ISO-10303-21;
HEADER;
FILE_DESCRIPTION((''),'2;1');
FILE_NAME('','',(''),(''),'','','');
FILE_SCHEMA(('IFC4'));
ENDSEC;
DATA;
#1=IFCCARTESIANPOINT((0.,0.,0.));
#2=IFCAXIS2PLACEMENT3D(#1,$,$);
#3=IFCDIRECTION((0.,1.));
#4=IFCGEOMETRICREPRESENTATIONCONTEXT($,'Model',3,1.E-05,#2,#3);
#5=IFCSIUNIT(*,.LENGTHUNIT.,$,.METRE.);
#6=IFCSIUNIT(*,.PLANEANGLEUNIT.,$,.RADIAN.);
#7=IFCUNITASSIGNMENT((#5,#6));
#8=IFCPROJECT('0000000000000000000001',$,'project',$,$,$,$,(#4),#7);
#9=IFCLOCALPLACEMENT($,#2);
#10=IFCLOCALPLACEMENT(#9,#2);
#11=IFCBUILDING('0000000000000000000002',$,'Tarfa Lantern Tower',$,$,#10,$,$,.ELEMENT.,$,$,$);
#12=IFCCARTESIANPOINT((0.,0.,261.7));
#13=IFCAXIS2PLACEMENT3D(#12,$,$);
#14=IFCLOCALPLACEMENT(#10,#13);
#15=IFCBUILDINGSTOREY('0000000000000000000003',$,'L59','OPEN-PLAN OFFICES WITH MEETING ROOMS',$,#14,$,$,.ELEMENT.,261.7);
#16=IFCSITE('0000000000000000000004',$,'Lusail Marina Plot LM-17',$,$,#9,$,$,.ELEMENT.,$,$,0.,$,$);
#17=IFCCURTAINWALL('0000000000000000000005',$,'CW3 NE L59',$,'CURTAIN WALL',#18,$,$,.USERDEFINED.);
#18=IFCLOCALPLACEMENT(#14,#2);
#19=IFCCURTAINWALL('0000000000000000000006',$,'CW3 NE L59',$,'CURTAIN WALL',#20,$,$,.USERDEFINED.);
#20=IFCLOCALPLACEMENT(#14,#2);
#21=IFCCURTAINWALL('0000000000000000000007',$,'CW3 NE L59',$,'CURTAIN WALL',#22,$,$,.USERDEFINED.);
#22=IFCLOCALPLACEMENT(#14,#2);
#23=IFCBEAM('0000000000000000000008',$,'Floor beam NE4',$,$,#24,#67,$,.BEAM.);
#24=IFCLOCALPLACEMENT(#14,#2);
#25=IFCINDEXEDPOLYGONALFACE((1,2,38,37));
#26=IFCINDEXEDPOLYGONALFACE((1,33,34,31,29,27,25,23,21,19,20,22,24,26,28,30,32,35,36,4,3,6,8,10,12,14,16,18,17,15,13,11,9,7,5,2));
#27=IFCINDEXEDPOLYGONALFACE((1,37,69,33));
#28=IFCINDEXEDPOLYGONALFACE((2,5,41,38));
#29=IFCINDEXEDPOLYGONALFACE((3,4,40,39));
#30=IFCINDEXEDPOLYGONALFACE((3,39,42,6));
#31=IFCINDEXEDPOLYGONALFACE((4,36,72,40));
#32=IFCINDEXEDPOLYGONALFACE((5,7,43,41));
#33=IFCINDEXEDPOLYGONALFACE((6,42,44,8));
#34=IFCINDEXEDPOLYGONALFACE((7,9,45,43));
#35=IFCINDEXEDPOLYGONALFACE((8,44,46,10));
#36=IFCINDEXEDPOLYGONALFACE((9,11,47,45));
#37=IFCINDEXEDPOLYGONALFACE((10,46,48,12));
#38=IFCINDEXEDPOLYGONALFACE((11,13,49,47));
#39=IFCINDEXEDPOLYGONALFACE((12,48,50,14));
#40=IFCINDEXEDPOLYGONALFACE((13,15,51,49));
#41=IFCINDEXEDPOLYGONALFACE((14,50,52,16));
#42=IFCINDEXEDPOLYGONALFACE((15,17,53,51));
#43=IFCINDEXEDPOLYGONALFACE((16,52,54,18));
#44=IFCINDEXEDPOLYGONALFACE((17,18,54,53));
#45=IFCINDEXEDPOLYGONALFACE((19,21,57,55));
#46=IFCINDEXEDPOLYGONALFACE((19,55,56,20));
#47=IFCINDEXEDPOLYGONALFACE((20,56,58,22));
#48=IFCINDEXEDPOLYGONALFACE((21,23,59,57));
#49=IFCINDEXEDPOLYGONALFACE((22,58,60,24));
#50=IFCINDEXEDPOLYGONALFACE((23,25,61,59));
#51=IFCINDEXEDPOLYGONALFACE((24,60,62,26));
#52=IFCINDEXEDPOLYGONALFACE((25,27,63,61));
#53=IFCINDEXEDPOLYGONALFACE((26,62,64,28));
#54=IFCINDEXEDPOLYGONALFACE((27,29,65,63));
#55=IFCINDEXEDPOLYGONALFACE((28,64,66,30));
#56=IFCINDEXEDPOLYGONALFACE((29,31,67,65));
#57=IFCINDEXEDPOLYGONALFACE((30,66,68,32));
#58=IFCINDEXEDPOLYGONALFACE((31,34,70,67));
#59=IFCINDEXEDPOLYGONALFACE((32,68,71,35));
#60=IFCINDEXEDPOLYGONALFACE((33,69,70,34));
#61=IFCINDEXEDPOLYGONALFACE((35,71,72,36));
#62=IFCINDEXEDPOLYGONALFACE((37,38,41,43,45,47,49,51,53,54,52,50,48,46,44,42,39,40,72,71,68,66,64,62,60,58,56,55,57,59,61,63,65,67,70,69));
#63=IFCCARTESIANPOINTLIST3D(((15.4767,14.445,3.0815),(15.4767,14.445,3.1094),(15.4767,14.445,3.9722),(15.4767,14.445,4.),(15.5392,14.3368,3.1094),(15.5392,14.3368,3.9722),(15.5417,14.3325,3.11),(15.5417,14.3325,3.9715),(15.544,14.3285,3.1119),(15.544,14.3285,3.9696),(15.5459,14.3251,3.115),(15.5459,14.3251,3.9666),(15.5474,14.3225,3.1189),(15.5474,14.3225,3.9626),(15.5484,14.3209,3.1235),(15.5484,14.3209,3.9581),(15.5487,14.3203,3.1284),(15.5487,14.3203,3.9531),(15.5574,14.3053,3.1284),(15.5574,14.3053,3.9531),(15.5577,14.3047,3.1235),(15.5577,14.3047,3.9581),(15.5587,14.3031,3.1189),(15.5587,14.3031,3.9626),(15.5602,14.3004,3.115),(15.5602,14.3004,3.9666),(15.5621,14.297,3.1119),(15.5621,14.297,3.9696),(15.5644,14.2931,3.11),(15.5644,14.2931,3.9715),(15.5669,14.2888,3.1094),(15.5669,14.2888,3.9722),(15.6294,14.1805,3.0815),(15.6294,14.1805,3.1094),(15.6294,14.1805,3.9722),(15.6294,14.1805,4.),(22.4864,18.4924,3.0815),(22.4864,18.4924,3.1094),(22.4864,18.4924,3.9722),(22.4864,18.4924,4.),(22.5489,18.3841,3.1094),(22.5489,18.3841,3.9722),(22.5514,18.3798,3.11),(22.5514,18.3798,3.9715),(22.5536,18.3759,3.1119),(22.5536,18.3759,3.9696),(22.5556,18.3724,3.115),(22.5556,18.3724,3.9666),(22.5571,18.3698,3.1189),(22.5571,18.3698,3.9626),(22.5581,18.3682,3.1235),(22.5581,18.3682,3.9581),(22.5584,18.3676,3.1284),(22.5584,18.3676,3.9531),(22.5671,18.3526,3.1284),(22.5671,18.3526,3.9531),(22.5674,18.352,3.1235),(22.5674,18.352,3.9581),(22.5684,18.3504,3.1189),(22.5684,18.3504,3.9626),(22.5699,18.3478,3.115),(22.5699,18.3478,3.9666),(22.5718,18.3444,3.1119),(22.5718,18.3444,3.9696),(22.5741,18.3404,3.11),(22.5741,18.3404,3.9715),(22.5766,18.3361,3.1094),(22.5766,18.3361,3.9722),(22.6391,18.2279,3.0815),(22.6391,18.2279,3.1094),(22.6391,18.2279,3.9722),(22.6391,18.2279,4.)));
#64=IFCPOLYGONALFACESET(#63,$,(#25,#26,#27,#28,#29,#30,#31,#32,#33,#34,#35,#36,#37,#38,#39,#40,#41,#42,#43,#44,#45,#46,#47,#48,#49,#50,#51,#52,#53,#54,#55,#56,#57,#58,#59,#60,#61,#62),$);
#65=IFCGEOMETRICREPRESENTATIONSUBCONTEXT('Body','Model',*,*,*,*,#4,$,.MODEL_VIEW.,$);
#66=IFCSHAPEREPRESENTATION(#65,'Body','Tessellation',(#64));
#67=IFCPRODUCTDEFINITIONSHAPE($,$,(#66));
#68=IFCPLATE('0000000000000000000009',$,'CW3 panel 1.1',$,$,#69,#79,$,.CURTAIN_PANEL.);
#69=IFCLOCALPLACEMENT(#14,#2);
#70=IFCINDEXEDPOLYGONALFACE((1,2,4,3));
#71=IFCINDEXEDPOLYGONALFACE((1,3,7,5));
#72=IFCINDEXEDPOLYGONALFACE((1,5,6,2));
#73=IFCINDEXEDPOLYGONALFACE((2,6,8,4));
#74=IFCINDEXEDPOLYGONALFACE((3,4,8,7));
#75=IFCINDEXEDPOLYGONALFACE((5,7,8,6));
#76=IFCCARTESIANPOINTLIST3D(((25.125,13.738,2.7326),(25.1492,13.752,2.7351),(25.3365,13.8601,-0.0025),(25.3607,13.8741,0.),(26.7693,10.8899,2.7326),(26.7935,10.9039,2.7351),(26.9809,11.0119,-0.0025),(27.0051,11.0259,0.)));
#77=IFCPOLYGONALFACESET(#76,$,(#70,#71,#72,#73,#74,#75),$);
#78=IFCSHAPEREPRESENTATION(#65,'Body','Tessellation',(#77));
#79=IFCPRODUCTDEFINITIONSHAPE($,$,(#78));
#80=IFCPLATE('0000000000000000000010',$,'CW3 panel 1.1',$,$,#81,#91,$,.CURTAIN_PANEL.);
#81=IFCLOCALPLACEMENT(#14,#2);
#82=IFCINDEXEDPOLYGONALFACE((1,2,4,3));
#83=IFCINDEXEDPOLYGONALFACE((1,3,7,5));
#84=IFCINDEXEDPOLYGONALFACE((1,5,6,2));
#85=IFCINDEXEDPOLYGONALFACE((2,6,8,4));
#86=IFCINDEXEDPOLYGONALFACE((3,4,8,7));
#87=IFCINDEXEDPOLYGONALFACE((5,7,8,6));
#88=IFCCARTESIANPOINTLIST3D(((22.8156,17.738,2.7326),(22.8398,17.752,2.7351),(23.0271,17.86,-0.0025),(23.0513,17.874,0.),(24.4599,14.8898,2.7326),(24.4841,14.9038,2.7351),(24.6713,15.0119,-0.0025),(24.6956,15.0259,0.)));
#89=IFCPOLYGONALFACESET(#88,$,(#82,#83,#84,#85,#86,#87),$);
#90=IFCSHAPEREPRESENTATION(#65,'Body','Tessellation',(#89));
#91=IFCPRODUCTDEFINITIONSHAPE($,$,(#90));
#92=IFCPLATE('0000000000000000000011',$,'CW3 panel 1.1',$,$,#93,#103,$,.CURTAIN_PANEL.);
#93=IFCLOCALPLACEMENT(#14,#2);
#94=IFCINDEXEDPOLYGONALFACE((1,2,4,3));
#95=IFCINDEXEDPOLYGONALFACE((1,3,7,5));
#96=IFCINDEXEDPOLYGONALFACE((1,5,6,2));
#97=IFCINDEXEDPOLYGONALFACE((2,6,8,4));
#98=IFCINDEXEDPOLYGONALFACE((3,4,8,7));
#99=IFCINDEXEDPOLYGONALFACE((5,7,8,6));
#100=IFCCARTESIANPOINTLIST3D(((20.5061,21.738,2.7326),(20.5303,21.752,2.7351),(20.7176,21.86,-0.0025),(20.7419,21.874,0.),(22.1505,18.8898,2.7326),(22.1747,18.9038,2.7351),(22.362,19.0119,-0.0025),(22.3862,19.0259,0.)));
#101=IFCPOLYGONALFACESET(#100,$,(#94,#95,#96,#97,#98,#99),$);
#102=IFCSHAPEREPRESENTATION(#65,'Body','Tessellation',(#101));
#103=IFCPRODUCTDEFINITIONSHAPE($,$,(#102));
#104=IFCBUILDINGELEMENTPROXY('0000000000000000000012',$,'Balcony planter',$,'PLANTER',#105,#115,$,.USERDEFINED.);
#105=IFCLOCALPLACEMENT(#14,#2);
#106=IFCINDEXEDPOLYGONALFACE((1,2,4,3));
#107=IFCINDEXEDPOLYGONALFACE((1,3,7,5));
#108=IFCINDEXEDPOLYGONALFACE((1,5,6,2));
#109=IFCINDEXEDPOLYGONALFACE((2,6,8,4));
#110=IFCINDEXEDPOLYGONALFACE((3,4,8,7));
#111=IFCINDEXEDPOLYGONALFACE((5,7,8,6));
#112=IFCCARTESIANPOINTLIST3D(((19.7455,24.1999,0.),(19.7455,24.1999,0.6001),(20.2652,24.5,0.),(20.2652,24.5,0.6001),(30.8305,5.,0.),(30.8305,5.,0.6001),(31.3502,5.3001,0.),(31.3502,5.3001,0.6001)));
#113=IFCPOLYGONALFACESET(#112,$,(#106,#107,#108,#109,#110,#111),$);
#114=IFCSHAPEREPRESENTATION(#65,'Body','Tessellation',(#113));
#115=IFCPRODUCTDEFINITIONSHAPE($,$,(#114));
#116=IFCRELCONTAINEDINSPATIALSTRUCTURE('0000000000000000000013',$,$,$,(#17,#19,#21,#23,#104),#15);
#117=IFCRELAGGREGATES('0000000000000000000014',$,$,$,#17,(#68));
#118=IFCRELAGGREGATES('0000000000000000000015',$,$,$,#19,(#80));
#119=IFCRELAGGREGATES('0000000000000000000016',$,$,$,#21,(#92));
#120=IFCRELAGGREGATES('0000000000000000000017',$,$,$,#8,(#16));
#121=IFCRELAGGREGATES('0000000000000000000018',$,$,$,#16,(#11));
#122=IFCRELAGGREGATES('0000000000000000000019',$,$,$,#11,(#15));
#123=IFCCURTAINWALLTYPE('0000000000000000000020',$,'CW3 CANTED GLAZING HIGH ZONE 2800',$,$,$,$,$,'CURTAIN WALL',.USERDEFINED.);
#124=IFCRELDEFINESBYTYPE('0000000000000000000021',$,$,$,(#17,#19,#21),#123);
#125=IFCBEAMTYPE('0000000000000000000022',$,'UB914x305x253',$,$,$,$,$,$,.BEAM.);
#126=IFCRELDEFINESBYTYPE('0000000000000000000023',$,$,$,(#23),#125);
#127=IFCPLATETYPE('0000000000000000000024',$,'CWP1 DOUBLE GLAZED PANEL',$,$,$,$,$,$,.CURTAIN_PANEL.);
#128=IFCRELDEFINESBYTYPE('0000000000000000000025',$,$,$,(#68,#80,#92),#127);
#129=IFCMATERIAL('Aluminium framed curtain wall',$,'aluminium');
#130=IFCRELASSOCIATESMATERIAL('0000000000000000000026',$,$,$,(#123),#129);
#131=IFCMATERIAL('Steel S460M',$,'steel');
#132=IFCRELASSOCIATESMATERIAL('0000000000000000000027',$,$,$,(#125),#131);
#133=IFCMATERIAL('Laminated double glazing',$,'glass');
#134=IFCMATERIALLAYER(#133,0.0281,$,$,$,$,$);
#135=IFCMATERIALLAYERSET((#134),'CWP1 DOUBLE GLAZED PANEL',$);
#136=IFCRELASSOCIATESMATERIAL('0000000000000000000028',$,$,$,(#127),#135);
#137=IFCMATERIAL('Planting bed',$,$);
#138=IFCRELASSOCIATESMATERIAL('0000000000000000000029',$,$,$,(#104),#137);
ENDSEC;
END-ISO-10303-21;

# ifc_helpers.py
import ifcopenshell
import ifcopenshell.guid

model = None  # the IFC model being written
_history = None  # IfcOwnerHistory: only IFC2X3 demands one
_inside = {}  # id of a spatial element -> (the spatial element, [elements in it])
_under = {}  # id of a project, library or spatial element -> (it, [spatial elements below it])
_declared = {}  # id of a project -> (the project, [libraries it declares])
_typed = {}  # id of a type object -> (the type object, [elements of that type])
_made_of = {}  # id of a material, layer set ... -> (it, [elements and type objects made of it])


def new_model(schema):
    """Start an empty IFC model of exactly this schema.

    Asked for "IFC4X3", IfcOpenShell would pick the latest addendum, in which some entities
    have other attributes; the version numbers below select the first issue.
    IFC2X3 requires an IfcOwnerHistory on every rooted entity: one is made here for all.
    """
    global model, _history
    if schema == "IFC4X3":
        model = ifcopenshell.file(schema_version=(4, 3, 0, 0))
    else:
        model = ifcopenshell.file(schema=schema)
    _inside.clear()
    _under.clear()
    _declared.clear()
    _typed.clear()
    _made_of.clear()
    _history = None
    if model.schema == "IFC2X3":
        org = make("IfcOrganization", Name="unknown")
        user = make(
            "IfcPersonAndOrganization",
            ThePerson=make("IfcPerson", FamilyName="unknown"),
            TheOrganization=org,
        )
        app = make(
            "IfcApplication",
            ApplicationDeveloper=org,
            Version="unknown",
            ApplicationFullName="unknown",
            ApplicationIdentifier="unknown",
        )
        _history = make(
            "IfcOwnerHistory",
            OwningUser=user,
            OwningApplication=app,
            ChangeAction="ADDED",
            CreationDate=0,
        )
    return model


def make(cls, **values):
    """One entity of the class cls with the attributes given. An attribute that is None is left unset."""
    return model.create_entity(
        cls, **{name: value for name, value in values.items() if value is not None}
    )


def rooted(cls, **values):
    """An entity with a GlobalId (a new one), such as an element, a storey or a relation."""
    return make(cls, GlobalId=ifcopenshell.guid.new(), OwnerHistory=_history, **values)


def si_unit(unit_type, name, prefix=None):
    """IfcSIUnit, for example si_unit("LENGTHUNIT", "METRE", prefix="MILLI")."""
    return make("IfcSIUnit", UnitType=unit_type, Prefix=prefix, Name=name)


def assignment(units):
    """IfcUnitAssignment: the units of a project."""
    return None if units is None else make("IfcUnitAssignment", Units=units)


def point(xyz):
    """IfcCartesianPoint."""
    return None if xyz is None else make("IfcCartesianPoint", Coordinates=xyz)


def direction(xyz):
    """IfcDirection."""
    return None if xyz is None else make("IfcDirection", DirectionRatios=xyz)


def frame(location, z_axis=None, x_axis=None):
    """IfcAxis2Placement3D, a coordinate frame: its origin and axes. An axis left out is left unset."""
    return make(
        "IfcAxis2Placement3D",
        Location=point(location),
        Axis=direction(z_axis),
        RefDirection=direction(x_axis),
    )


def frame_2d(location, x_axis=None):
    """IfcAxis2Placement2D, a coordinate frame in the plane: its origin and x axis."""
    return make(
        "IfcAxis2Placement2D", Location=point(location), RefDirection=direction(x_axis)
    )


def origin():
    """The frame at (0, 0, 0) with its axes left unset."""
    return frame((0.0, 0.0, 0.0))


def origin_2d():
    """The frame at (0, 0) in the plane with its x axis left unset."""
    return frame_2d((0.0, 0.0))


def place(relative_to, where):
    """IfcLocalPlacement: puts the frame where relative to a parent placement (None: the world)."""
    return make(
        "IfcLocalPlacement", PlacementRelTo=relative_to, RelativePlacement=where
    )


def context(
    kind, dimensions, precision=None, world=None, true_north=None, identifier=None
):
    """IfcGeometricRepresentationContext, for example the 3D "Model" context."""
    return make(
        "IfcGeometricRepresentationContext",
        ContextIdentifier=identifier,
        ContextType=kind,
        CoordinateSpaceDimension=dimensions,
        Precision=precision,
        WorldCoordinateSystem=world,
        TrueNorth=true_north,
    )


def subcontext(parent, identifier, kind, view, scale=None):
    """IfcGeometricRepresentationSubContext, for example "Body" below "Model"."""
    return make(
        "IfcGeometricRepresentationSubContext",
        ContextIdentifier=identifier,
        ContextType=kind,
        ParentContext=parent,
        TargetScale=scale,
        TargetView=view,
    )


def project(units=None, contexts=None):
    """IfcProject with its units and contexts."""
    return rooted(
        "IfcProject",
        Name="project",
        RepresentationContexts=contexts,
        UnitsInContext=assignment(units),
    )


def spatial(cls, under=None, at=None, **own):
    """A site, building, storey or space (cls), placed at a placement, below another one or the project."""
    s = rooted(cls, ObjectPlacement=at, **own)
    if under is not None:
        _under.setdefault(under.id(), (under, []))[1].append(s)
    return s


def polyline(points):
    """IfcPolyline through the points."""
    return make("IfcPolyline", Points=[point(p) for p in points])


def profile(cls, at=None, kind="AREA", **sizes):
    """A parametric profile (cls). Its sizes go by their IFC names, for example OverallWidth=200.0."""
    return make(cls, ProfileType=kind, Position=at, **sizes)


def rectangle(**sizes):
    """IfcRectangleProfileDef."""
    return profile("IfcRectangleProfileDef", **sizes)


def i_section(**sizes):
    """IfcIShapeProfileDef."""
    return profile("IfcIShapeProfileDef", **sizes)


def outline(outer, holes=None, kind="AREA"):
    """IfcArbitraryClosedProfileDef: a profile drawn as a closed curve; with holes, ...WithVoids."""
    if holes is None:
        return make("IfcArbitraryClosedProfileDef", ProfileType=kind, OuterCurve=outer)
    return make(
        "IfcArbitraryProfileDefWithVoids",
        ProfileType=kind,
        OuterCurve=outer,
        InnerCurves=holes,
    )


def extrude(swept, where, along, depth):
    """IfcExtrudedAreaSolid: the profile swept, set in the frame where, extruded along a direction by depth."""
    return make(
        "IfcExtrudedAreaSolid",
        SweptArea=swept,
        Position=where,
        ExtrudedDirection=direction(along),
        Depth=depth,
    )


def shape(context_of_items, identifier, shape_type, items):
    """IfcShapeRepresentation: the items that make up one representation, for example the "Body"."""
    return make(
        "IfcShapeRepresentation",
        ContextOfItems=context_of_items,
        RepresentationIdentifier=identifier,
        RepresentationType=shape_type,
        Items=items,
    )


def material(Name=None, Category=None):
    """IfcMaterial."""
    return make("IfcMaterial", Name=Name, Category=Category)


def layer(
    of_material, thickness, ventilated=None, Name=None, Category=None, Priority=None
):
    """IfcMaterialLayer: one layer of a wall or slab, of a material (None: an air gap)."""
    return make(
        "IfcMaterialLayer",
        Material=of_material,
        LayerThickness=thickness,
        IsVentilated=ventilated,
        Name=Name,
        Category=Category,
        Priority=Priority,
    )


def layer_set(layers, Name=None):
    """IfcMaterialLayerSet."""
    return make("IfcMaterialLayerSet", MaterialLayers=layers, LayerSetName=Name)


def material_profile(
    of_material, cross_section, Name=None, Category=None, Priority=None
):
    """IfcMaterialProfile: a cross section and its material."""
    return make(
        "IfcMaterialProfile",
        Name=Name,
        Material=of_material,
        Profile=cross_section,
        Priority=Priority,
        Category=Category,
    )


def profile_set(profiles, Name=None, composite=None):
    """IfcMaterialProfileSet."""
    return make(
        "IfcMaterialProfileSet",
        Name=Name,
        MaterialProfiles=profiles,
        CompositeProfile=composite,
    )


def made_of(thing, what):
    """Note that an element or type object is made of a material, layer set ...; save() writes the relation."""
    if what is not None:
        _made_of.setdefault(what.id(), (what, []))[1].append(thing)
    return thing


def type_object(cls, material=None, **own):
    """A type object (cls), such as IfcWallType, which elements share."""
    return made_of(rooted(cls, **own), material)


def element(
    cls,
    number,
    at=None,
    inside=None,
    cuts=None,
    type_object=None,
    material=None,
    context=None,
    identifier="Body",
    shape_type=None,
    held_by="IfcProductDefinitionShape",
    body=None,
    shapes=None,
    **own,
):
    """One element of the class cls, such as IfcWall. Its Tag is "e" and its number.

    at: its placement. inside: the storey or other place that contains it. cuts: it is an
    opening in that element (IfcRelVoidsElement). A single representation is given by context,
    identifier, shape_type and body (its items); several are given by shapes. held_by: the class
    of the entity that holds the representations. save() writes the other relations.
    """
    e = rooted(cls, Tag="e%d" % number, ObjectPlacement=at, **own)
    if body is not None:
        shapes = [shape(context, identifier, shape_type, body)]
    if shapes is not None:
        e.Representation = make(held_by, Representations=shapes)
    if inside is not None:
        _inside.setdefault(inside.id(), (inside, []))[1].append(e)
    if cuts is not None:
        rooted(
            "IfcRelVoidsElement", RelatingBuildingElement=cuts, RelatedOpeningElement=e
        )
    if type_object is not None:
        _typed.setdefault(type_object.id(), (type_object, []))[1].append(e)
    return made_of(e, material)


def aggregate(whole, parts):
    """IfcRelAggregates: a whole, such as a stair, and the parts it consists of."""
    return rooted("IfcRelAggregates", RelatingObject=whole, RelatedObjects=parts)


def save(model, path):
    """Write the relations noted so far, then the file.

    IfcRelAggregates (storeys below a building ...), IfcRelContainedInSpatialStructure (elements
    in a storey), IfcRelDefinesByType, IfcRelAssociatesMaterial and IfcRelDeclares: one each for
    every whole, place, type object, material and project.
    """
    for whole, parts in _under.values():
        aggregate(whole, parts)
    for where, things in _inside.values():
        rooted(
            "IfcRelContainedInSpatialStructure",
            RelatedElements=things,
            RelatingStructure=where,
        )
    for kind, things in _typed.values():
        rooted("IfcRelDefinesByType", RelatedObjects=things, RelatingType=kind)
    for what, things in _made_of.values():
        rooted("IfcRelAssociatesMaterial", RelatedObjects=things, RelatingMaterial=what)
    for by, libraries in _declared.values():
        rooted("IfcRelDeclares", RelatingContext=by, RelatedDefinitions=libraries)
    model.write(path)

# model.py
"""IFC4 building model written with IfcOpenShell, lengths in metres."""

from ifc_helpers import new_model, si_unit, direction, frame, origin, origin_2d, place, context, subcontext, project, spatial, polyline, rectangle, i_section, outline, extrude, material, layer, layer_set, material_profile, profile_set, type_object, element, aggregate, save


model = new_model("IFC4")

# Units and contexts
model_context = context("Model", 3, precision=1e-05, world=origin(), true_north=direction((0.0, 1.0)))
body_context = subcontext(model_context, "Body", "Model", "MODEL_VIEW")
ifc_project = project(units=[si_unit("LENGTHUNIT", "METRE"), si_unit("PLANEANGLEUNIT", "RADIAN")], contexts=[model_context])

# Site, building, storey
site_placement = place(None, origin())
site = spatial("IfcSite", under=ifc_project, at=site_placement, Name="Lusail Marina Plot LM-17", CompositionType="ELEMENT", RefElevation=0.0)
building_placement = place(site_placement, origin())
building = spatial("IfcBuilding", under=site, at=building_placement, Name="Tarfa Lantern Tower", CompositionType="ELEMENT")
storey_placement = place(building_placement, frame((0.0, 0.0, 261.7)))
storey = spatial("IfcBuildingStorey", under=building, at=storey_placement, Name="L59", Description="OPEN-PLAN OFFICES WITH MEETING ROOMS", CompositionType="ELEMENT", Elevation=261.7)

# Curtain walls
ifc_material_1 = material(Name="Aluminium framed curtain wall", Category="aluminium")
curtain_wall_type = type_object("IfcCurtainWallType", Name="CW3 CANTED GLAZING HIGH ZONE 2800", ElementType="CURTAIN WALL", PredefinedType="USERDEFINED", material=ifc_material_1)
curtain_wall_1_placement = place(storey_placement, origin())
curtain_wall_1 = element("IfcCurtainWall", 1, at=curtain_wall_1_placement, inside=storey, type_object=curtain_wall_type, Name="CW3 NE L59", ObjectType="CURTAIN WALL", PredefinedType="USERDEFINED")
curtain_wall_2_placement = place(storey_placement, origin())
curtain_wall_2 = element("IfcCurtainWall", 2, at=curtain_wall_2_placement, inside=storey, type_object=curtain_wall_type, Name="CW3 NE L59", ObjectType="CURTAIN WALL", PredefinedType="USERDEFINED")
curtain_wall_3_placement = place(storey_placement, origin())
curtain_wall_3 = element("IfcCurtainWall", 3, at=curtain_wall_3_placement, inside=storey, type_object=curtain_wall_type, Name="CW3 NE L59", ObjectType="CURTAIN WALL", PredefinedType="USERDEFINED")

# Beam
ifc_material_2 = material(Name="Steel S460M", Category="steel")
ifc_material_profile_1 = material_profile(ifc_material_2, i_section(OverallWidth=0.3054, OverallDepth=0.9185, WebThickness=0.0173, FlangeThickness=0.0278, FilletRadius=0.019, at=origin_2d()), Name="UB914x305x253")
ifc_profile_set_1 = profile_set([ifc_material_profile_1], Name="Steel S460M")
beam_type_1 = type_object("IfcBeamType", Name="UB914x305x253", PredefinedType="BEAM", material=ifc_profile_set_1)
beam_1_placement = place(storey_placement, frame((22.5627, 18.3601, 3.5408), z_axis=(-0.866011, -0.500025, 0.0), x_axis=(0.500025, -0.866011, 0.0)))
element("IfcBeam", 4, at=beam_1_placement, inside=storey, type_object=beam_type_1, Name="Floor beam NE4", PredefinedType="BEAM", context=body_context, shape_type="SweptSolid", body=[
    extrude(i_section(OverallWidth=0.3054, OverallDepth=0.9185, WebThickness=0.0173, FlangeThickness=0.0278, FilletRadius=0.019, at=origin_2d()), origin(), (0.0, 0.0, 1.0), 8.0942),
])

# Plates
ifc_material_3 = material(Name="Laminated double glazing", Category="glass")
ifc_layer = layer(ifc_material_3, 0.0281)
ifc_layer_set = layer_set([ifc_layer], Name="CWP1 DOUBLE GLAZED PANEL")
plate_type = type_object("IfcPlateType", Name="CWP1 DOUBLE GLAZED PANEL", PredefinedType="CURTAIN_PANEL", material=ifc_layer_set)
plate_1_placement = place(storey_placement, frame((27.0051, 11.0259, 0.0), z_axis=(0.862589, 0.498026, 0.088945), x_axis=(-0.500008, 0.866021, 0.000003)))
plate_1 = element("IfcPlate", 5, at=plate_1_placement, type_object=plate_type, Name="CW3 panel 1.1", PredefinedType="CURTAIN_PANEL", context=body_context, shape_type="SweptSolid", body=[
    extrude(outline(polyline([(0.0, 0.0), (3.2888, 0.0), (3.2888, 2.746), (0.0001, 2.746), (0.0, 0.0)])), origin(), (0.0, 0.0, -1.0), 0.0281),
])
aggregate(curtain_wall_1, [plate_1])
plate_2_placement = place(storey_placement, frame((24.6956, 15.0259, 0.0), z_axis=(0.862608, 0.498, 0.088906), x_axis=(-0.499979, 0.866037, 0.0)))
plate_2 = element("IfcPlate", 6, at=plate_2_placement, type_object=plate_type, Name="CW3 panel 1.1", PredefinedType="CURTAIN_PANEL", context=body_context, shape_type="SweptSolid", body=[
    extrude(outline(polyline([(0.0, 0.0), (3.2887, 0.0), (3.2887, 2.746), (0.0, 2.746), (0.0, 0.0)])), origin(), (0.0, 0.0, -1.0), 0.0281),
])
aggregate(curtain_wall_2, [plate_2])
plate_3_placement = place(storey_placement, frame((22.3862, 19.0259, 0.0), z_axis=(0.862589, 0.498026, 0.088945), x_axis=(-0.500007, 0.866021, -0.000003)))
plate_3 = element("IfcPlate", 7, at=plate_3_placement, type_object=plate_type, Name="CW3 panel 1.1", PredefinedType="CURTAIN_PANEL", context=body_context, shape_type="SweptSolid", body=[
    extrude(outline(polyline([(0.0, 0.0), (3.2887, 0.0), (3.2888, 2.746), (0.0, 2.746), (0.0, 0.0)])), origin(), (0.0, 0.0, -1.0), 0.0281),
])
aggregate(curtain_wall_3, [plate_3])

# Building element proxy
ifc_material_4 = material(Name="Planting bed")
proxy_placement = place(storey_placement, frame((25.5479, 14.75, 0.0), z_axis=(0.0, 0.0, 1.0), x_axis=(-0.5, 0.866025, 0.0)))
element("IfcBuildingElementProxy", 8, at=proxy_placement, inside=storey, material=ifc_material_4, Name="Balcony planter", ObjectType="PLANTER", PredefinedType="USERDEFINED", context=body_context, shape_type="SweptSolid", body=[
    extrude(rectangle(XDim=22.1702, YDim=0.6001, at=origin_2d()), origin(), (0.0, 0.0, 1.0), 0.6001),
])

save(model, "model.ifc")
